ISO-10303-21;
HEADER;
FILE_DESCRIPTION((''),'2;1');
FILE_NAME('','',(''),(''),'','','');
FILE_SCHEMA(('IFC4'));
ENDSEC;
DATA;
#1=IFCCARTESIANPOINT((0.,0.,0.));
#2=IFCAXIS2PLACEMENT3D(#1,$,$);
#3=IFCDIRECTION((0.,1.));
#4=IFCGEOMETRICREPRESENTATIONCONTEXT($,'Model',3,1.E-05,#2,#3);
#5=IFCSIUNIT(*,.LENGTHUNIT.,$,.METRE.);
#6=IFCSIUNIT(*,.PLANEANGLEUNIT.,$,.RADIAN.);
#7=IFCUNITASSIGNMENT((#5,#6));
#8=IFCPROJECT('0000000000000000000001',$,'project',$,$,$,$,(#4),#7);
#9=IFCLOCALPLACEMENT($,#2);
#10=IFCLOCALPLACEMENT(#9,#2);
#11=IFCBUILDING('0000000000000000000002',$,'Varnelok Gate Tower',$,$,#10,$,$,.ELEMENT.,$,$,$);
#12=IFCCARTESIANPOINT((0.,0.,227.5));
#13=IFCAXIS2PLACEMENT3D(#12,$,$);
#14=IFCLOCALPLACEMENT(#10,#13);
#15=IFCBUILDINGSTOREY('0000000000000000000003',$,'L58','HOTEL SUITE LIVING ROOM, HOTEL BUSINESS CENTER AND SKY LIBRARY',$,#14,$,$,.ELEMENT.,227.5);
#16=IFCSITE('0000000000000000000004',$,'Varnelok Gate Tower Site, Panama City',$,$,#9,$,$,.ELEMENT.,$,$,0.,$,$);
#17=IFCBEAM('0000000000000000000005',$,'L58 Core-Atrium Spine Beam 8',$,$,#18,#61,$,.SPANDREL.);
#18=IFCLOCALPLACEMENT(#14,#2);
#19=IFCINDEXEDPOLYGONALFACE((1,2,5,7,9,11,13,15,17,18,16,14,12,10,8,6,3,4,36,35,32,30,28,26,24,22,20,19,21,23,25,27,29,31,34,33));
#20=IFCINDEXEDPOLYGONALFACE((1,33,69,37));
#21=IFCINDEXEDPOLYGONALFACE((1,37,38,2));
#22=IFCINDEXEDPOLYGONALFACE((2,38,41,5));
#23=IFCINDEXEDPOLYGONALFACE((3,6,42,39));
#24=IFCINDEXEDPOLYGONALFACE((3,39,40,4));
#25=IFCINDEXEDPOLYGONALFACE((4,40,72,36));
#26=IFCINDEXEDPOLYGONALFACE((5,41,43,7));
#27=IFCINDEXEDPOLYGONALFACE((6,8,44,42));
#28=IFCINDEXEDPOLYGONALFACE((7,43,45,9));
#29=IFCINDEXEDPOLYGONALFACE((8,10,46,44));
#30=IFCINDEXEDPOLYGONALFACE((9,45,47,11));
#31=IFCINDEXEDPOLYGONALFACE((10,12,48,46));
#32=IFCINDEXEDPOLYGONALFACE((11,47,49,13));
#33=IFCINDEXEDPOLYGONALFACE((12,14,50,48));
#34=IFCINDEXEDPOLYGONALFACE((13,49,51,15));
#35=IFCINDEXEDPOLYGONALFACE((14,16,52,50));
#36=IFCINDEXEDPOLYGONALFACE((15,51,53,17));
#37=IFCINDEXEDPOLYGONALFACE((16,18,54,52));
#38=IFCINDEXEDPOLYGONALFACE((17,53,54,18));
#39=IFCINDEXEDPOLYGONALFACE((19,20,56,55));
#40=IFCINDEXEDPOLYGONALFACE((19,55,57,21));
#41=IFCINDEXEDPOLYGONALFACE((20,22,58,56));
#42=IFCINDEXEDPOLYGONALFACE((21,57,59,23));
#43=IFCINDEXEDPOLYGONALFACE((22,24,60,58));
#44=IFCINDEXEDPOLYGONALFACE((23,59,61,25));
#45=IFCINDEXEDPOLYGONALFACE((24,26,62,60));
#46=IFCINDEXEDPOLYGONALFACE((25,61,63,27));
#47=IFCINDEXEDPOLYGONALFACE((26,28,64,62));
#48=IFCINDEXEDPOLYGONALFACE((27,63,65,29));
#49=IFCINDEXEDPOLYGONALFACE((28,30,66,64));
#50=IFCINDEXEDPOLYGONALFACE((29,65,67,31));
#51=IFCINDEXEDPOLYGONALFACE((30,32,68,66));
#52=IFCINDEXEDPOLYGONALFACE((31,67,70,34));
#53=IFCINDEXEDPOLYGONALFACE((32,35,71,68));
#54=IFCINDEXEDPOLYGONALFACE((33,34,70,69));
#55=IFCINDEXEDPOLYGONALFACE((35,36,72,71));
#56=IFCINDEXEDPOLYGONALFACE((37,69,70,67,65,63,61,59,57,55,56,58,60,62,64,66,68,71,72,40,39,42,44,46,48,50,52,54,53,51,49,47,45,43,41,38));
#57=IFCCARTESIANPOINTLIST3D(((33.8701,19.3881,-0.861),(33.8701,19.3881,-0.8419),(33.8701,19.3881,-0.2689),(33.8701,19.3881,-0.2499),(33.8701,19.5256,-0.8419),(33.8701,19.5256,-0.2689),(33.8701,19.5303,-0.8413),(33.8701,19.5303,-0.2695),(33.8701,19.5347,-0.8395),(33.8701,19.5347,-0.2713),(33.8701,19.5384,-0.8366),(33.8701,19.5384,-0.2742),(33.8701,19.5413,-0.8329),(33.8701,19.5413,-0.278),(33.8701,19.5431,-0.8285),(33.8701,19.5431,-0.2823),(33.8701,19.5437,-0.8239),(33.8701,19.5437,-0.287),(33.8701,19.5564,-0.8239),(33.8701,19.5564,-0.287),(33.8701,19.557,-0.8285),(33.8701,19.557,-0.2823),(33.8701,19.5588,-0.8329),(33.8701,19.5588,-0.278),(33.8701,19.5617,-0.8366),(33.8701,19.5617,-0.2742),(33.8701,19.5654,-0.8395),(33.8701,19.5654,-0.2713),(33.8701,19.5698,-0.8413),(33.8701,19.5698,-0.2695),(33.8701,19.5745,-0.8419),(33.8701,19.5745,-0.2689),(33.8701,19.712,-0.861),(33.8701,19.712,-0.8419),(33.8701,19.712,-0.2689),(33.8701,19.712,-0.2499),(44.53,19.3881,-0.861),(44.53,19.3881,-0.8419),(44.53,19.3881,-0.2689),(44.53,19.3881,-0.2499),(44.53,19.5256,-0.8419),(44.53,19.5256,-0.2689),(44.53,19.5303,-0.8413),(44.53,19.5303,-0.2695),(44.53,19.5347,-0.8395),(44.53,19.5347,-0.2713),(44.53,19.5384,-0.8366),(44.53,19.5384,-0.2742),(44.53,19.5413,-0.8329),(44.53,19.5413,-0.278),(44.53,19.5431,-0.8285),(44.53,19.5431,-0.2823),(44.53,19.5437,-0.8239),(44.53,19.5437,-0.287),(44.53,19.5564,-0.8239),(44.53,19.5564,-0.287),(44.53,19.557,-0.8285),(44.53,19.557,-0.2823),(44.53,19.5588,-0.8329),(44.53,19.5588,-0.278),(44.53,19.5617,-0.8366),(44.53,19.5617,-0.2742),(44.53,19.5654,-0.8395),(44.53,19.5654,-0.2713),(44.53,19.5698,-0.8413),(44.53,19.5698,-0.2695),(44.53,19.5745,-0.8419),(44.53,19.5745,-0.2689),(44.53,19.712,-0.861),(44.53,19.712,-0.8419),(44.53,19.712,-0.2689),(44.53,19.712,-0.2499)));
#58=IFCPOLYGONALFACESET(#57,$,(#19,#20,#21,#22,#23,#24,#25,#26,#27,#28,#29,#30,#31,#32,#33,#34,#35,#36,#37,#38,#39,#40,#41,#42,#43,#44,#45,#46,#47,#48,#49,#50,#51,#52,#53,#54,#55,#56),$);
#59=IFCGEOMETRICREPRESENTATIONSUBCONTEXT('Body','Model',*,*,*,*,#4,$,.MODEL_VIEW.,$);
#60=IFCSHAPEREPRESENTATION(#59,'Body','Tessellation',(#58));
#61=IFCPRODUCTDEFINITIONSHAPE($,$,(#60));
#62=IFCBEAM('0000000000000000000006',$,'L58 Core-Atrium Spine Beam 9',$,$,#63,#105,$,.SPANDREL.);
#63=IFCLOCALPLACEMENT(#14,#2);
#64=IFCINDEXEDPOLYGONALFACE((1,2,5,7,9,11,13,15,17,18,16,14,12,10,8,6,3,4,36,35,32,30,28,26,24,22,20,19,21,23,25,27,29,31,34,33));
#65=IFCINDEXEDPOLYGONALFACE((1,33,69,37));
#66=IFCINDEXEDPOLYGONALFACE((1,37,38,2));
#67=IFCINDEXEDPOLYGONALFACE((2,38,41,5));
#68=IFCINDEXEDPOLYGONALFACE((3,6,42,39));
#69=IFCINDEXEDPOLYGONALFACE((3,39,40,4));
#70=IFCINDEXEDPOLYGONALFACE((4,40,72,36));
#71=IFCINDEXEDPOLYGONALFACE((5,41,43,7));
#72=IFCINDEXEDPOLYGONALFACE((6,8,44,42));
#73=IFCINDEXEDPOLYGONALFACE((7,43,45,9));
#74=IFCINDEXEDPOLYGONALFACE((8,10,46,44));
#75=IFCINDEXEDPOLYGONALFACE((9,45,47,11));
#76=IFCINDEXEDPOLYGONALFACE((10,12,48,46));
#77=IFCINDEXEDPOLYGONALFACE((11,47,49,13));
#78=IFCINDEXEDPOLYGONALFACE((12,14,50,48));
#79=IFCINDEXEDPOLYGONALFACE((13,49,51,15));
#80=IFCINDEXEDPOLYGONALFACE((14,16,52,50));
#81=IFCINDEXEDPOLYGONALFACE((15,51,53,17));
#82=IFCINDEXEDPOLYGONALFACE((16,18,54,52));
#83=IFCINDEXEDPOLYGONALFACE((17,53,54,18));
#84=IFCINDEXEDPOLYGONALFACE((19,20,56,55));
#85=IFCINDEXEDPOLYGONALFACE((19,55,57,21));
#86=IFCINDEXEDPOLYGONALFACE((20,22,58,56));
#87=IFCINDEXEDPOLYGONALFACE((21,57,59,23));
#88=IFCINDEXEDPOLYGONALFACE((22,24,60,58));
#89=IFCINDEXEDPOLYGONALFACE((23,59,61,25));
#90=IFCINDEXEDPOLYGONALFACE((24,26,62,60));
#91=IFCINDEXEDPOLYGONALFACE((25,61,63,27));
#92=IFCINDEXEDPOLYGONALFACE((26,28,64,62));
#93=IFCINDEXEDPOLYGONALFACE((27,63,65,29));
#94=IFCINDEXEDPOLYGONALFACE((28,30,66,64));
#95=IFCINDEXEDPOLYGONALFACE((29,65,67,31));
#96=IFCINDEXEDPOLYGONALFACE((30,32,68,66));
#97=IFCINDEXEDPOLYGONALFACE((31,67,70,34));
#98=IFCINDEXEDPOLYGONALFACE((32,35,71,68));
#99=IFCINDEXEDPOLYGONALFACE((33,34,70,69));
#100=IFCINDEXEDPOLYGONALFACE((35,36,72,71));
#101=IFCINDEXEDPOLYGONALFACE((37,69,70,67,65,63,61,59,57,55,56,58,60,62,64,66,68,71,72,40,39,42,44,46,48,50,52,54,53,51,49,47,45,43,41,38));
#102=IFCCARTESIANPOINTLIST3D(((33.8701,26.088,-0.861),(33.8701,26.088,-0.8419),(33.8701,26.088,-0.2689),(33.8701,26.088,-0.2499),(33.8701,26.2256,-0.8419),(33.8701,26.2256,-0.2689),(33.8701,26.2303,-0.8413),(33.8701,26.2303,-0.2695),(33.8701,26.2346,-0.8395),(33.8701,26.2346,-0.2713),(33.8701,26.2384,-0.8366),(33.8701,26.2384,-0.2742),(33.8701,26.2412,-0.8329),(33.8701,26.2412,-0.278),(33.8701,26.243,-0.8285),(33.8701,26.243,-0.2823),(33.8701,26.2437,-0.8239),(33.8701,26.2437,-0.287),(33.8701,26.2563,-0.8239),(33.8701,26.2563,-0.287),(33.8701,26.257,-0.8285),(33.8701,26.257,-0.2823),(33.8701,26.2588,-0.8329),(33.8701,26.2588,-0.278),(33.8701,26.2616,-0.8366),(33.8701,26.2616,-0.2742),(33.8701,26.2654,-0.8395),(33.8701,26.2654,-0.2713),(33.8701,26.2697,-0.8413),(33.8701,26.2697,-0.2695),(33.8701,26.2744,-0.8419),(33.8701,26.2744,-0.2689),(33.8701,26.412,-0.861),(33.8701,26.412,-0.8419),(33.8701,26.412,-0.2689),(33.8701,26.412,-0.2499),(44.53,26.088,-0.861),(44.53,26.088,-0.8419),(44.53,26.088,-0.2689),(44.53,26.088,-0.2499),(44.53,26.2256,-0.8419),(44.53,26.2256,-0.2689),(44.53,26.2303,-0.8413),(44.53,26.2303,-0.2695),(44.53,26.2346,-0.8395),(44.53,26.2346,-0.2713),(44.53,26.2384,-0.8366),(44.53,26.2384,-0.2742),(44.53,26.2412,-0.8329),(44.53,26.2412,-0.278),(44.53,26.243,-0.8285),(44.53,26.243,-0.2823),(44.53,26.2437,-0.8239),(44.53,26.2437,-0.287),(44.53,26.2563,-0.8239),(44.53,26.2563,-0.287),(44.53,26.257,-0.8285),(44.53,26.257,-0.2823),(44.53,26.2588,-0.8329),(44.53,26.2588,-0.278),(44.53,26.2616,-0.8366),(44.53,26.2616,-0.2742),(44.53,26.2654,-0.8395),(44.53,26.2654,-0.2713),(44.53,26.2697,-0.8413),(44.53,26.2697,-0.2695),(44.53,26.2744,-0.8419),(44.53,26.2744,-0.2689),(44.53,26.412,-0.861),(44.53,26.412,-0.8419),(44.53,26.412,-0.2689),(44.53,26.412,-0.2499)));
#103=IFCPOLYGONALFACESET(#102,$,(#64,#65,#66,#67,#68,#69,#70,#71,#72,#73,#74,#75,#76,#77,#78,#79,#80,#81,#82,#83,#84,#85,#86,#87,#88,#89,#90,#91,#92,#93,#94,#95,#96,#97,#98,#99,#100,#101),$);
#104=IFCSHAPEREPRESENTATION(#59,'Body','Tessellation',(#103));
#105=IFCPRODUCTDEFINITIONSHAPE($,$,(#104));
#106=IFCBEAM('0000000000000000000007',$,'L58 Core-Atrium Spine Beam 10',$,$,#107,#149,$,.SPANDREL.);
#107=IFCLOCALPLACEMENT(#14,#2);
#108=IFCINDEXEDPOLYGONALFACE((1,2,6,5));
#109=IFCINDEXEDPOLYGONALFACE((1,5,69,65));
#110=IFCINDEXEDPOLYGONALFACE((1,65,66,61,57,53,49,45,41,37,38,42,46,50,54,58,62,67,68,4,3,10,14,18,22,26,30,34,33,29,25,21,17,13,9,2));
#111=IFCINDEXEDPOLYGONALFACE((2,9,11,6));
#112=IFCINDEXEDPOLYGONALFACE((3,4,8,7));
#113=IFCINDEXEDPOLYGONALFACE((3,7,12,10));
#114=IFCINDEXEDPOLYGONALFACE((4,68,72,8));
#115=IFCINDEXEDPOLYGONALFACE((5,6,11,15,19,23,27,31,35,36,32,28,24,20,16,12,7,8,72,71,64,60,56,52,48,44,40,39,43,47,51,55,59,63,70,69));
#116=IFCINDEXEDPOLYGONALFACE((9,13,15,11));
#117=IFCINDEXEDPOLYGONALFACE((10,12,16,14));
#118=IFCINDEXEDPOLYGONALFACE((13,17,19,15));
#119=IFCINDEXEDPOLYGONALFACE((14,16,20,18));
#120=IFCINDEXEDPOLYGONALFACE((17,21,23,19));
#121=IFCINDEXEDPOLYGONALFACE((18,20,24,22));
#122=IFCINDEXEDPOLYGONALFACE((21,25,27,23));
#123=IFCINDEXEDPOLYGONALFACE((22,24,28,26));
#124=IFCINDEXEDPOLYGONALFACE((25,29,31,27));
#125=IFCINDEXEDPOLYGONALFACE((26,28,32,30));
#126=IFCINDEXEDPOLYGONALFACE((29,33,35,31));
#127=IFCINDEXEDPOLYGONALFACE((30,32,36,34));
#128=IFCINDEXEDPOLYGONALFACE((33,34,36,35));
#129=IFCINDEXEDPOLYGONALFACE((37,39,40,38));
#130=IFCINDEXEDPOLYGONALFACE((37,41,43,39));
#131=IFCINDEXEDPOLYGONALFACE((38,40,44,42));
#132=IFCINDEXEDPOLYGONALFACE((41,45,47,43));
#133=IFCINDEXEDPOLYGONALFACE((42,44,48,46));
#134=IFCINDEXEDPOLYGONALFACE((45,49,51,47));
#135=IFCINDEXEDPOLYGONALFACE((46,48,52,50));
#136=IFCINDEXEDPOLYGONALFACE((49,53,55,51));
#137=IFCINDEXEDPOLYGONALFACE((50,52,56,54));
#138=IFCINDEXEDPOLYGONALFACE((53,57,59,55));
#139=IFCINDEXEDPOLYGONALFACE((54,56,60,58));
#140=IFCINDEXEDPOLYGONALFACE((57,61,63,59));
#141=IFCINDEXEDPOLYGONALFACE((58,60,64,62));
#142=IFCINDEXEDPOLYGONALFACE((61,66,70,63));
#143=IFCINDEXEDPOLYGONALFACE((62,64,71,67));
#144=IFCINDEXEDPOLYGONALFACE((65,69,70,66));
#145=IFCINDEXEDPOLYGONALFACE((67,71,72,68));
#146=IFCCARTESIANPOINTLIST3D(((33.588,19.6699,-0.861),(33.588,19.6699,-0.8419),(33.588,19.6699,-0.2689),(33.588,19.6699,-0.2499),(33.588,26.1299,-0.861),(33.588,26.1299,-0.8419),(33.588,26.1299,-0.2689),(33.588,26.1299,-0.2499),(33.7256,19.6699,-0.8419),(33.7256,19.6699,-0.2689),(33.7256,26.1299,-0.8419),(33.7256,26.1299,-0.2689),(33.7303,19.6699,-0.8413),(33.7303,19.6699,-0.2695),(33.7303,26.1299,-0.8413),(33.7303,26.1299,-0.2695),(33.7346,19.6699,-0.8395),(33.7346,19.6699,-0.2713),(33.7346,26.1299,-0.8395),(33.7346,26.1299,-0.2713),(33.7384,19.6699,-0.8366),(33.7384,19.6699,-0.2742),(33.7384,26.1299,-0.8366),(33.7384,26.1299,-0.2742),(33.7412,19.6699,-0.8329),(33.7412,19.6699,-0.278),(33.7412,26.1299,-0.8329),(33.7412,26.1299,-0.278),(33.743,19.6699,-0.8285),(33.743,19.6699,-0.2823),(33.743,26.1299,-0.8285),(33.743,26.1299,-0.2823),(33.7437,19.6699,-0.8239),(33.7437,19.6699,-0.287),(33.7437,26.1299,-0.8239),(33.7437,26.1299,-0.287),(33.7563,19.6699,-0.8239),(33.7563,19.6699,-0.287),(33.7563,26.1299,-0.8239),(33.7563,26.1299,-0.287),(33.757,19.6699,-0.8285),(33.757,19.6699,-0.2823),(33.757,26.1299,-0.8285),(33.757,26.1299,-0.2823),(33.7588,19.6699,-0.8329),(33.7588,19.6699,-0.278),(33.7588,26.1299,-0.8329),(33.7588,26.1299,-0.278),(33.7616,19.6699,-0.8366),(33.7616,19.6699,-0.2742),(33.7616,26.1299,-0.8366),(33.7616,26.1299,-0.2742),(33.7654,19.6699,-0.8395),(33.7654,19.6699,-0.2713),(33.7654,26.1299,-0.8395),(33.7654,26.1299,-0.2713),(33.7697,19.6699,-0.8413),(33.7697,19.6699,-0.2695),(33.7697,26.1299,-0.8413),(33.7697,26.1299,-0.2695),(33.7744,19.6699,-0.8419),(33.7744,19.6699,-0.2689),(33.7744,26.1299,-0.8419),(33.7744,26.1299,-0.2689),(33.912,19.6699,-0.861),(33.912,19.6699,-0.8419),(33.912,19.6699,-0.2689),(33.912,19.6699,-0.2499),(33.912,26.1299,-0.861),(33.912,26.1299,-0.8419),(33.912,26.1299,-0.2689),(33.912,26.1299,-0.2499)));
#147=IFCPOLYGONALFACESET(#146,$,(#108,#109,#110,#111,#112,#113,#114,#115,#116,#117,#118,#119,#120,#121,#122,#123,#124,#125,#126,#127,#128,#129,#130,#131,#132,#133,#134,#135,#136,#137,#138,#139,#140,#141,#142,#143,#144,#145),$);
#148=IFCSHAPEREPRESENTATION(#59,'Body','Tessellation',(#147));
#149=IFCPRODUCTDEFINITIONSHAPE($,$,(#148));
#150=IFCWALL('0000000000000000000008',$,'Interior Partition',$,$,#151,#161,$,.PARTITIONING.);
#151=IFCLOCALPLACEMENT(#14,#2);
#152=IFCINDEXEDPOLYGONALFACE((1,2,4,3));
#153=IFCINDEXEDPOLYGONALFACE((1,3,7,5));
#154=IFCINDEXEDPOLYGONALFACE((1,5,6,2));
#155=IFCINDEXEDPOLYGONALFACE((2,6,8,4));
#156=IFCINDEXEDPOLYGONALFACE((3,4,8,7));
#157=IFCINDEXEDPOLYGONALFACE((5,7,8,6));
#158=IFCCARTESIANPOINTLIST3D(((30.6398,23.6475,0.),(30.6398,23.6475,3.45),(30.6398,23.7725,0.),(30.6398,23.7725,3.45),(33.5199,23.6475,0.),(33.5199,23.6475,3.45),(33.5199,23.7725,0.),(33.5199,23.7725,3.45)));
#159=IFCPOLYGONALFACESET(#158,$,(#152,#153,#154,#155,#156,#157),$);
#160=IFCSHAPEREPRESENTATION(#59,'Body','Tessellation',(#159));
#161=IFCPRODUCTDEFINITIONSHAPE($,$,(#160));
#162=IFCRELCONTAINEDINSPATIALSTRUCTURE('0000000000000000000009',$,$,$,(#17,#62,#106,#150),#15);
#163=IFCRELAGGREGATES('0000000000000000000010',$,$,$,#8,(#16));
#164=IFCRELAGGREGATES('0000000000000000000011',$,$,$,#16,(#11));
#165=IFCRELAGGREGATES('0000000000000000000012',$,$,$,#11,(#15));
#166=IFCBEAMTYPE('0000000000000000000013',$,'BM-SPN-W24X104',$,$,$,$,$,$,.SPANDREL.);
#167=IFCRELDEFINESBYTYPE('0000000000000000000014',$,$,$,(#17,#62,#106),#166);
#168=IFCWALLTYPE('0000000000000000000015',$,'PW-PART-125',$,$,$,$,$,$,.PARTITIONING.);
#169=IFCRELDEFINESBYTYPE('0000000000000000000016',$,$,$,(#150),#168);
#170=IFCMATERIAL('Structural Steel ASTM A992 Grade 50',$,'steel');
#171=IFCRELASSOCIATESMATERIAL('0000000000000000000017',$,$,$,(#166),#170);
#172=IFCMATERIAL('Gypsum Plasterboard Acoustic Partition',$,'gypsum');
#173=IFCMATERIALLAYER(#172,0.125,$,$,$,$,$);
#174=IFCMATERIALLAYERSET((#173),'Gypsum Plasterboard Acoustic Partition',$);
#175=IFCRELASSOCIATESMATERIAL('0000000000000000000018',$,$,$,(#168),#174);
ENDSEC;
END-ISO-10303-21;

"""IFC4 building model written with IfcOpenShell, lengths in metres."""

from ifc_helpers import new_model, si_unit, direction, frame, frame_2d, origin, origin_2d, place, context, subcontext, project, spatial, rectangle, i_section, extrude, material, layer, layer_set, material_profile, profile_set, type_object, element, save


model = new_model("IFC4")

# Units and contexts
model_context = context("Model", 3, precision=1e-05, world=origin(), true_north=direction((0.0, 1.0)))
body_context = subcontext(model_context, "Body", "Model", "MODEL_VIEW")
ifc_project = project(units=[si_unit("LENGTHUNIT", "METRE"), si_unit("PLANEANGLEUNIT", "RADIAN")], contexts=[model_context])

# Site, building, storey
site_placement = place(None, origin())
site = spatial("IfcSite", under=ifc_project, at=site_placement, Name="Varnelok Gate Tower Site, Panama City", CompositionType="ELEMENT", RefElevation=0.0)
building_placement = place(site_placement, origin())
building = spatial("IfcBuilding", under=site, at=building_placement, Name="Varnelok Gate Tower", CompositionType="ELEMENT")
storey_placement = place(building_placement, frame((0.0, 0.0, 227.5)))
storey = spatial("IfcBuildingStorey", under=building, at=storey_placement, Name="L58", Description="HOTEL SUITE LIVING ROOM, HOTEL BUSINESS CENTER AND SKY LIBRARY", CompositionType="ELEMENT", Elevation=227.5)

# Shared definitions
ifc_material_1 = material(Name="Structural Steel ASTM A992 Grade 50", Category="steel")

# Beams
ifc_material_profile_1 = material_profile(ifc_material_1, i_section(OverallWidth=0.324, OverallDepth=0.6111, WebThickness=0.0127, FlangeThickness=0.019, FilletRadius=0.0181, at=origin_2d()), Name="W24X104")
ifc_profile_set_1 = profile_set([ifc_material_profile_1], Name="Structural Steel ASTM A992 Grade 50")
beam_type_1 = type_object("IfcBeamType", Name="BM-SPN-W24X104", PredefinedType="SPANDREL", material=ifc_profile_set_1)
for number, where, z_axis, x_axis, name in (
    (1, (33.8701, 19.55, -0.5554), (1.0, 0.0, 0.0), (0.0, 1.0, 0.0), "L58 Core-Atrium Spine Beam 8"),
    (2, (33.8701, 26.25, -0.5554), (1.0, 0.0, 0.0), (0.0, 1.0, 0.0), "L58 Core-Atrium Spine Beam 9"),
):
    element("IfcBeam", number, at=place(storey_placement, frame(where, z_axis=z_axis, x_axis=x_axis)), inside=storey, type_object=beam_type_1, Name=name, PredefinedType="SPANDREL", context=body_context, shape_type="SweptSolid", body=[
        extrude(i_section(OverallWidth=0.324, OverallDepth=0.6111, WebThickness=0.0127, FlangeThickness=0.019, FilletRadius=0.0181, at=origin_2d()), origin(), (0.0, 0.0, 1.0), 10.6599),
    ])
beam_1_placement = place(storey_placement, frame((33.75, 19.6699, -0.5554), z_axis=(0.0, 1.0, 0.0), x_axis=(-1.0, 0.0, 0.0)))
element("IfcBeam", 3, at=beam_1_placement, inside=storey, type_object=beam_type_1, Name="L58 Core-Atrium Spine Beam 10", PredefinedType="SPANDREL", context=body_context, shape_type="SweptSolid", body=[
    extrude(i_section(OverallWidth=0.324, OverallDepth=0.6111, WebThickness=0.0127, FlangeThickness=0.019, FilletRadius=0.0181, at=origin_2d()), origin(), (0.0, 0.0, 1.0), 6.46),
])

# Wall
ifc_material_2 = material(Name="Gypsum Plasterboard Acoustic Partition", Category="gypsum")
ifc_layer_1 = layer(ifc_material_2, 0.125)
ifc_layer_set_1 = layer_set([ifc_layer_1], Name="Gypsum Plasterboard Acoustic Partition")
wall_type_1 = type_object("IfcWallType", Name="PW-PART-125", PredefinedType="PARTITIONING", material=ifc_layer_set_1)
wall_1_placement = place(storey_placement, frame((30.6399, 23.71, 0.0), z_axis=(0.0, 0.0, 1.0), x_axis=(1.0, 0.0, 0.0)))
element("IfcWall", 4, at=wall_1_placement, inside=storey, type_object=wall_type_1, Name="Interior Partition", PredefinedType="PARTITIONING", context=body_context, shape_type="SweptSolid", body=[
    extrude(rectangle(XDim=2.8801, YDim=0.125, at=frame_2d((1.4399, 0.0))), origin(), (0.0, 0.0, 1.0), 3.45),
])

save(model, "model.ifc")
